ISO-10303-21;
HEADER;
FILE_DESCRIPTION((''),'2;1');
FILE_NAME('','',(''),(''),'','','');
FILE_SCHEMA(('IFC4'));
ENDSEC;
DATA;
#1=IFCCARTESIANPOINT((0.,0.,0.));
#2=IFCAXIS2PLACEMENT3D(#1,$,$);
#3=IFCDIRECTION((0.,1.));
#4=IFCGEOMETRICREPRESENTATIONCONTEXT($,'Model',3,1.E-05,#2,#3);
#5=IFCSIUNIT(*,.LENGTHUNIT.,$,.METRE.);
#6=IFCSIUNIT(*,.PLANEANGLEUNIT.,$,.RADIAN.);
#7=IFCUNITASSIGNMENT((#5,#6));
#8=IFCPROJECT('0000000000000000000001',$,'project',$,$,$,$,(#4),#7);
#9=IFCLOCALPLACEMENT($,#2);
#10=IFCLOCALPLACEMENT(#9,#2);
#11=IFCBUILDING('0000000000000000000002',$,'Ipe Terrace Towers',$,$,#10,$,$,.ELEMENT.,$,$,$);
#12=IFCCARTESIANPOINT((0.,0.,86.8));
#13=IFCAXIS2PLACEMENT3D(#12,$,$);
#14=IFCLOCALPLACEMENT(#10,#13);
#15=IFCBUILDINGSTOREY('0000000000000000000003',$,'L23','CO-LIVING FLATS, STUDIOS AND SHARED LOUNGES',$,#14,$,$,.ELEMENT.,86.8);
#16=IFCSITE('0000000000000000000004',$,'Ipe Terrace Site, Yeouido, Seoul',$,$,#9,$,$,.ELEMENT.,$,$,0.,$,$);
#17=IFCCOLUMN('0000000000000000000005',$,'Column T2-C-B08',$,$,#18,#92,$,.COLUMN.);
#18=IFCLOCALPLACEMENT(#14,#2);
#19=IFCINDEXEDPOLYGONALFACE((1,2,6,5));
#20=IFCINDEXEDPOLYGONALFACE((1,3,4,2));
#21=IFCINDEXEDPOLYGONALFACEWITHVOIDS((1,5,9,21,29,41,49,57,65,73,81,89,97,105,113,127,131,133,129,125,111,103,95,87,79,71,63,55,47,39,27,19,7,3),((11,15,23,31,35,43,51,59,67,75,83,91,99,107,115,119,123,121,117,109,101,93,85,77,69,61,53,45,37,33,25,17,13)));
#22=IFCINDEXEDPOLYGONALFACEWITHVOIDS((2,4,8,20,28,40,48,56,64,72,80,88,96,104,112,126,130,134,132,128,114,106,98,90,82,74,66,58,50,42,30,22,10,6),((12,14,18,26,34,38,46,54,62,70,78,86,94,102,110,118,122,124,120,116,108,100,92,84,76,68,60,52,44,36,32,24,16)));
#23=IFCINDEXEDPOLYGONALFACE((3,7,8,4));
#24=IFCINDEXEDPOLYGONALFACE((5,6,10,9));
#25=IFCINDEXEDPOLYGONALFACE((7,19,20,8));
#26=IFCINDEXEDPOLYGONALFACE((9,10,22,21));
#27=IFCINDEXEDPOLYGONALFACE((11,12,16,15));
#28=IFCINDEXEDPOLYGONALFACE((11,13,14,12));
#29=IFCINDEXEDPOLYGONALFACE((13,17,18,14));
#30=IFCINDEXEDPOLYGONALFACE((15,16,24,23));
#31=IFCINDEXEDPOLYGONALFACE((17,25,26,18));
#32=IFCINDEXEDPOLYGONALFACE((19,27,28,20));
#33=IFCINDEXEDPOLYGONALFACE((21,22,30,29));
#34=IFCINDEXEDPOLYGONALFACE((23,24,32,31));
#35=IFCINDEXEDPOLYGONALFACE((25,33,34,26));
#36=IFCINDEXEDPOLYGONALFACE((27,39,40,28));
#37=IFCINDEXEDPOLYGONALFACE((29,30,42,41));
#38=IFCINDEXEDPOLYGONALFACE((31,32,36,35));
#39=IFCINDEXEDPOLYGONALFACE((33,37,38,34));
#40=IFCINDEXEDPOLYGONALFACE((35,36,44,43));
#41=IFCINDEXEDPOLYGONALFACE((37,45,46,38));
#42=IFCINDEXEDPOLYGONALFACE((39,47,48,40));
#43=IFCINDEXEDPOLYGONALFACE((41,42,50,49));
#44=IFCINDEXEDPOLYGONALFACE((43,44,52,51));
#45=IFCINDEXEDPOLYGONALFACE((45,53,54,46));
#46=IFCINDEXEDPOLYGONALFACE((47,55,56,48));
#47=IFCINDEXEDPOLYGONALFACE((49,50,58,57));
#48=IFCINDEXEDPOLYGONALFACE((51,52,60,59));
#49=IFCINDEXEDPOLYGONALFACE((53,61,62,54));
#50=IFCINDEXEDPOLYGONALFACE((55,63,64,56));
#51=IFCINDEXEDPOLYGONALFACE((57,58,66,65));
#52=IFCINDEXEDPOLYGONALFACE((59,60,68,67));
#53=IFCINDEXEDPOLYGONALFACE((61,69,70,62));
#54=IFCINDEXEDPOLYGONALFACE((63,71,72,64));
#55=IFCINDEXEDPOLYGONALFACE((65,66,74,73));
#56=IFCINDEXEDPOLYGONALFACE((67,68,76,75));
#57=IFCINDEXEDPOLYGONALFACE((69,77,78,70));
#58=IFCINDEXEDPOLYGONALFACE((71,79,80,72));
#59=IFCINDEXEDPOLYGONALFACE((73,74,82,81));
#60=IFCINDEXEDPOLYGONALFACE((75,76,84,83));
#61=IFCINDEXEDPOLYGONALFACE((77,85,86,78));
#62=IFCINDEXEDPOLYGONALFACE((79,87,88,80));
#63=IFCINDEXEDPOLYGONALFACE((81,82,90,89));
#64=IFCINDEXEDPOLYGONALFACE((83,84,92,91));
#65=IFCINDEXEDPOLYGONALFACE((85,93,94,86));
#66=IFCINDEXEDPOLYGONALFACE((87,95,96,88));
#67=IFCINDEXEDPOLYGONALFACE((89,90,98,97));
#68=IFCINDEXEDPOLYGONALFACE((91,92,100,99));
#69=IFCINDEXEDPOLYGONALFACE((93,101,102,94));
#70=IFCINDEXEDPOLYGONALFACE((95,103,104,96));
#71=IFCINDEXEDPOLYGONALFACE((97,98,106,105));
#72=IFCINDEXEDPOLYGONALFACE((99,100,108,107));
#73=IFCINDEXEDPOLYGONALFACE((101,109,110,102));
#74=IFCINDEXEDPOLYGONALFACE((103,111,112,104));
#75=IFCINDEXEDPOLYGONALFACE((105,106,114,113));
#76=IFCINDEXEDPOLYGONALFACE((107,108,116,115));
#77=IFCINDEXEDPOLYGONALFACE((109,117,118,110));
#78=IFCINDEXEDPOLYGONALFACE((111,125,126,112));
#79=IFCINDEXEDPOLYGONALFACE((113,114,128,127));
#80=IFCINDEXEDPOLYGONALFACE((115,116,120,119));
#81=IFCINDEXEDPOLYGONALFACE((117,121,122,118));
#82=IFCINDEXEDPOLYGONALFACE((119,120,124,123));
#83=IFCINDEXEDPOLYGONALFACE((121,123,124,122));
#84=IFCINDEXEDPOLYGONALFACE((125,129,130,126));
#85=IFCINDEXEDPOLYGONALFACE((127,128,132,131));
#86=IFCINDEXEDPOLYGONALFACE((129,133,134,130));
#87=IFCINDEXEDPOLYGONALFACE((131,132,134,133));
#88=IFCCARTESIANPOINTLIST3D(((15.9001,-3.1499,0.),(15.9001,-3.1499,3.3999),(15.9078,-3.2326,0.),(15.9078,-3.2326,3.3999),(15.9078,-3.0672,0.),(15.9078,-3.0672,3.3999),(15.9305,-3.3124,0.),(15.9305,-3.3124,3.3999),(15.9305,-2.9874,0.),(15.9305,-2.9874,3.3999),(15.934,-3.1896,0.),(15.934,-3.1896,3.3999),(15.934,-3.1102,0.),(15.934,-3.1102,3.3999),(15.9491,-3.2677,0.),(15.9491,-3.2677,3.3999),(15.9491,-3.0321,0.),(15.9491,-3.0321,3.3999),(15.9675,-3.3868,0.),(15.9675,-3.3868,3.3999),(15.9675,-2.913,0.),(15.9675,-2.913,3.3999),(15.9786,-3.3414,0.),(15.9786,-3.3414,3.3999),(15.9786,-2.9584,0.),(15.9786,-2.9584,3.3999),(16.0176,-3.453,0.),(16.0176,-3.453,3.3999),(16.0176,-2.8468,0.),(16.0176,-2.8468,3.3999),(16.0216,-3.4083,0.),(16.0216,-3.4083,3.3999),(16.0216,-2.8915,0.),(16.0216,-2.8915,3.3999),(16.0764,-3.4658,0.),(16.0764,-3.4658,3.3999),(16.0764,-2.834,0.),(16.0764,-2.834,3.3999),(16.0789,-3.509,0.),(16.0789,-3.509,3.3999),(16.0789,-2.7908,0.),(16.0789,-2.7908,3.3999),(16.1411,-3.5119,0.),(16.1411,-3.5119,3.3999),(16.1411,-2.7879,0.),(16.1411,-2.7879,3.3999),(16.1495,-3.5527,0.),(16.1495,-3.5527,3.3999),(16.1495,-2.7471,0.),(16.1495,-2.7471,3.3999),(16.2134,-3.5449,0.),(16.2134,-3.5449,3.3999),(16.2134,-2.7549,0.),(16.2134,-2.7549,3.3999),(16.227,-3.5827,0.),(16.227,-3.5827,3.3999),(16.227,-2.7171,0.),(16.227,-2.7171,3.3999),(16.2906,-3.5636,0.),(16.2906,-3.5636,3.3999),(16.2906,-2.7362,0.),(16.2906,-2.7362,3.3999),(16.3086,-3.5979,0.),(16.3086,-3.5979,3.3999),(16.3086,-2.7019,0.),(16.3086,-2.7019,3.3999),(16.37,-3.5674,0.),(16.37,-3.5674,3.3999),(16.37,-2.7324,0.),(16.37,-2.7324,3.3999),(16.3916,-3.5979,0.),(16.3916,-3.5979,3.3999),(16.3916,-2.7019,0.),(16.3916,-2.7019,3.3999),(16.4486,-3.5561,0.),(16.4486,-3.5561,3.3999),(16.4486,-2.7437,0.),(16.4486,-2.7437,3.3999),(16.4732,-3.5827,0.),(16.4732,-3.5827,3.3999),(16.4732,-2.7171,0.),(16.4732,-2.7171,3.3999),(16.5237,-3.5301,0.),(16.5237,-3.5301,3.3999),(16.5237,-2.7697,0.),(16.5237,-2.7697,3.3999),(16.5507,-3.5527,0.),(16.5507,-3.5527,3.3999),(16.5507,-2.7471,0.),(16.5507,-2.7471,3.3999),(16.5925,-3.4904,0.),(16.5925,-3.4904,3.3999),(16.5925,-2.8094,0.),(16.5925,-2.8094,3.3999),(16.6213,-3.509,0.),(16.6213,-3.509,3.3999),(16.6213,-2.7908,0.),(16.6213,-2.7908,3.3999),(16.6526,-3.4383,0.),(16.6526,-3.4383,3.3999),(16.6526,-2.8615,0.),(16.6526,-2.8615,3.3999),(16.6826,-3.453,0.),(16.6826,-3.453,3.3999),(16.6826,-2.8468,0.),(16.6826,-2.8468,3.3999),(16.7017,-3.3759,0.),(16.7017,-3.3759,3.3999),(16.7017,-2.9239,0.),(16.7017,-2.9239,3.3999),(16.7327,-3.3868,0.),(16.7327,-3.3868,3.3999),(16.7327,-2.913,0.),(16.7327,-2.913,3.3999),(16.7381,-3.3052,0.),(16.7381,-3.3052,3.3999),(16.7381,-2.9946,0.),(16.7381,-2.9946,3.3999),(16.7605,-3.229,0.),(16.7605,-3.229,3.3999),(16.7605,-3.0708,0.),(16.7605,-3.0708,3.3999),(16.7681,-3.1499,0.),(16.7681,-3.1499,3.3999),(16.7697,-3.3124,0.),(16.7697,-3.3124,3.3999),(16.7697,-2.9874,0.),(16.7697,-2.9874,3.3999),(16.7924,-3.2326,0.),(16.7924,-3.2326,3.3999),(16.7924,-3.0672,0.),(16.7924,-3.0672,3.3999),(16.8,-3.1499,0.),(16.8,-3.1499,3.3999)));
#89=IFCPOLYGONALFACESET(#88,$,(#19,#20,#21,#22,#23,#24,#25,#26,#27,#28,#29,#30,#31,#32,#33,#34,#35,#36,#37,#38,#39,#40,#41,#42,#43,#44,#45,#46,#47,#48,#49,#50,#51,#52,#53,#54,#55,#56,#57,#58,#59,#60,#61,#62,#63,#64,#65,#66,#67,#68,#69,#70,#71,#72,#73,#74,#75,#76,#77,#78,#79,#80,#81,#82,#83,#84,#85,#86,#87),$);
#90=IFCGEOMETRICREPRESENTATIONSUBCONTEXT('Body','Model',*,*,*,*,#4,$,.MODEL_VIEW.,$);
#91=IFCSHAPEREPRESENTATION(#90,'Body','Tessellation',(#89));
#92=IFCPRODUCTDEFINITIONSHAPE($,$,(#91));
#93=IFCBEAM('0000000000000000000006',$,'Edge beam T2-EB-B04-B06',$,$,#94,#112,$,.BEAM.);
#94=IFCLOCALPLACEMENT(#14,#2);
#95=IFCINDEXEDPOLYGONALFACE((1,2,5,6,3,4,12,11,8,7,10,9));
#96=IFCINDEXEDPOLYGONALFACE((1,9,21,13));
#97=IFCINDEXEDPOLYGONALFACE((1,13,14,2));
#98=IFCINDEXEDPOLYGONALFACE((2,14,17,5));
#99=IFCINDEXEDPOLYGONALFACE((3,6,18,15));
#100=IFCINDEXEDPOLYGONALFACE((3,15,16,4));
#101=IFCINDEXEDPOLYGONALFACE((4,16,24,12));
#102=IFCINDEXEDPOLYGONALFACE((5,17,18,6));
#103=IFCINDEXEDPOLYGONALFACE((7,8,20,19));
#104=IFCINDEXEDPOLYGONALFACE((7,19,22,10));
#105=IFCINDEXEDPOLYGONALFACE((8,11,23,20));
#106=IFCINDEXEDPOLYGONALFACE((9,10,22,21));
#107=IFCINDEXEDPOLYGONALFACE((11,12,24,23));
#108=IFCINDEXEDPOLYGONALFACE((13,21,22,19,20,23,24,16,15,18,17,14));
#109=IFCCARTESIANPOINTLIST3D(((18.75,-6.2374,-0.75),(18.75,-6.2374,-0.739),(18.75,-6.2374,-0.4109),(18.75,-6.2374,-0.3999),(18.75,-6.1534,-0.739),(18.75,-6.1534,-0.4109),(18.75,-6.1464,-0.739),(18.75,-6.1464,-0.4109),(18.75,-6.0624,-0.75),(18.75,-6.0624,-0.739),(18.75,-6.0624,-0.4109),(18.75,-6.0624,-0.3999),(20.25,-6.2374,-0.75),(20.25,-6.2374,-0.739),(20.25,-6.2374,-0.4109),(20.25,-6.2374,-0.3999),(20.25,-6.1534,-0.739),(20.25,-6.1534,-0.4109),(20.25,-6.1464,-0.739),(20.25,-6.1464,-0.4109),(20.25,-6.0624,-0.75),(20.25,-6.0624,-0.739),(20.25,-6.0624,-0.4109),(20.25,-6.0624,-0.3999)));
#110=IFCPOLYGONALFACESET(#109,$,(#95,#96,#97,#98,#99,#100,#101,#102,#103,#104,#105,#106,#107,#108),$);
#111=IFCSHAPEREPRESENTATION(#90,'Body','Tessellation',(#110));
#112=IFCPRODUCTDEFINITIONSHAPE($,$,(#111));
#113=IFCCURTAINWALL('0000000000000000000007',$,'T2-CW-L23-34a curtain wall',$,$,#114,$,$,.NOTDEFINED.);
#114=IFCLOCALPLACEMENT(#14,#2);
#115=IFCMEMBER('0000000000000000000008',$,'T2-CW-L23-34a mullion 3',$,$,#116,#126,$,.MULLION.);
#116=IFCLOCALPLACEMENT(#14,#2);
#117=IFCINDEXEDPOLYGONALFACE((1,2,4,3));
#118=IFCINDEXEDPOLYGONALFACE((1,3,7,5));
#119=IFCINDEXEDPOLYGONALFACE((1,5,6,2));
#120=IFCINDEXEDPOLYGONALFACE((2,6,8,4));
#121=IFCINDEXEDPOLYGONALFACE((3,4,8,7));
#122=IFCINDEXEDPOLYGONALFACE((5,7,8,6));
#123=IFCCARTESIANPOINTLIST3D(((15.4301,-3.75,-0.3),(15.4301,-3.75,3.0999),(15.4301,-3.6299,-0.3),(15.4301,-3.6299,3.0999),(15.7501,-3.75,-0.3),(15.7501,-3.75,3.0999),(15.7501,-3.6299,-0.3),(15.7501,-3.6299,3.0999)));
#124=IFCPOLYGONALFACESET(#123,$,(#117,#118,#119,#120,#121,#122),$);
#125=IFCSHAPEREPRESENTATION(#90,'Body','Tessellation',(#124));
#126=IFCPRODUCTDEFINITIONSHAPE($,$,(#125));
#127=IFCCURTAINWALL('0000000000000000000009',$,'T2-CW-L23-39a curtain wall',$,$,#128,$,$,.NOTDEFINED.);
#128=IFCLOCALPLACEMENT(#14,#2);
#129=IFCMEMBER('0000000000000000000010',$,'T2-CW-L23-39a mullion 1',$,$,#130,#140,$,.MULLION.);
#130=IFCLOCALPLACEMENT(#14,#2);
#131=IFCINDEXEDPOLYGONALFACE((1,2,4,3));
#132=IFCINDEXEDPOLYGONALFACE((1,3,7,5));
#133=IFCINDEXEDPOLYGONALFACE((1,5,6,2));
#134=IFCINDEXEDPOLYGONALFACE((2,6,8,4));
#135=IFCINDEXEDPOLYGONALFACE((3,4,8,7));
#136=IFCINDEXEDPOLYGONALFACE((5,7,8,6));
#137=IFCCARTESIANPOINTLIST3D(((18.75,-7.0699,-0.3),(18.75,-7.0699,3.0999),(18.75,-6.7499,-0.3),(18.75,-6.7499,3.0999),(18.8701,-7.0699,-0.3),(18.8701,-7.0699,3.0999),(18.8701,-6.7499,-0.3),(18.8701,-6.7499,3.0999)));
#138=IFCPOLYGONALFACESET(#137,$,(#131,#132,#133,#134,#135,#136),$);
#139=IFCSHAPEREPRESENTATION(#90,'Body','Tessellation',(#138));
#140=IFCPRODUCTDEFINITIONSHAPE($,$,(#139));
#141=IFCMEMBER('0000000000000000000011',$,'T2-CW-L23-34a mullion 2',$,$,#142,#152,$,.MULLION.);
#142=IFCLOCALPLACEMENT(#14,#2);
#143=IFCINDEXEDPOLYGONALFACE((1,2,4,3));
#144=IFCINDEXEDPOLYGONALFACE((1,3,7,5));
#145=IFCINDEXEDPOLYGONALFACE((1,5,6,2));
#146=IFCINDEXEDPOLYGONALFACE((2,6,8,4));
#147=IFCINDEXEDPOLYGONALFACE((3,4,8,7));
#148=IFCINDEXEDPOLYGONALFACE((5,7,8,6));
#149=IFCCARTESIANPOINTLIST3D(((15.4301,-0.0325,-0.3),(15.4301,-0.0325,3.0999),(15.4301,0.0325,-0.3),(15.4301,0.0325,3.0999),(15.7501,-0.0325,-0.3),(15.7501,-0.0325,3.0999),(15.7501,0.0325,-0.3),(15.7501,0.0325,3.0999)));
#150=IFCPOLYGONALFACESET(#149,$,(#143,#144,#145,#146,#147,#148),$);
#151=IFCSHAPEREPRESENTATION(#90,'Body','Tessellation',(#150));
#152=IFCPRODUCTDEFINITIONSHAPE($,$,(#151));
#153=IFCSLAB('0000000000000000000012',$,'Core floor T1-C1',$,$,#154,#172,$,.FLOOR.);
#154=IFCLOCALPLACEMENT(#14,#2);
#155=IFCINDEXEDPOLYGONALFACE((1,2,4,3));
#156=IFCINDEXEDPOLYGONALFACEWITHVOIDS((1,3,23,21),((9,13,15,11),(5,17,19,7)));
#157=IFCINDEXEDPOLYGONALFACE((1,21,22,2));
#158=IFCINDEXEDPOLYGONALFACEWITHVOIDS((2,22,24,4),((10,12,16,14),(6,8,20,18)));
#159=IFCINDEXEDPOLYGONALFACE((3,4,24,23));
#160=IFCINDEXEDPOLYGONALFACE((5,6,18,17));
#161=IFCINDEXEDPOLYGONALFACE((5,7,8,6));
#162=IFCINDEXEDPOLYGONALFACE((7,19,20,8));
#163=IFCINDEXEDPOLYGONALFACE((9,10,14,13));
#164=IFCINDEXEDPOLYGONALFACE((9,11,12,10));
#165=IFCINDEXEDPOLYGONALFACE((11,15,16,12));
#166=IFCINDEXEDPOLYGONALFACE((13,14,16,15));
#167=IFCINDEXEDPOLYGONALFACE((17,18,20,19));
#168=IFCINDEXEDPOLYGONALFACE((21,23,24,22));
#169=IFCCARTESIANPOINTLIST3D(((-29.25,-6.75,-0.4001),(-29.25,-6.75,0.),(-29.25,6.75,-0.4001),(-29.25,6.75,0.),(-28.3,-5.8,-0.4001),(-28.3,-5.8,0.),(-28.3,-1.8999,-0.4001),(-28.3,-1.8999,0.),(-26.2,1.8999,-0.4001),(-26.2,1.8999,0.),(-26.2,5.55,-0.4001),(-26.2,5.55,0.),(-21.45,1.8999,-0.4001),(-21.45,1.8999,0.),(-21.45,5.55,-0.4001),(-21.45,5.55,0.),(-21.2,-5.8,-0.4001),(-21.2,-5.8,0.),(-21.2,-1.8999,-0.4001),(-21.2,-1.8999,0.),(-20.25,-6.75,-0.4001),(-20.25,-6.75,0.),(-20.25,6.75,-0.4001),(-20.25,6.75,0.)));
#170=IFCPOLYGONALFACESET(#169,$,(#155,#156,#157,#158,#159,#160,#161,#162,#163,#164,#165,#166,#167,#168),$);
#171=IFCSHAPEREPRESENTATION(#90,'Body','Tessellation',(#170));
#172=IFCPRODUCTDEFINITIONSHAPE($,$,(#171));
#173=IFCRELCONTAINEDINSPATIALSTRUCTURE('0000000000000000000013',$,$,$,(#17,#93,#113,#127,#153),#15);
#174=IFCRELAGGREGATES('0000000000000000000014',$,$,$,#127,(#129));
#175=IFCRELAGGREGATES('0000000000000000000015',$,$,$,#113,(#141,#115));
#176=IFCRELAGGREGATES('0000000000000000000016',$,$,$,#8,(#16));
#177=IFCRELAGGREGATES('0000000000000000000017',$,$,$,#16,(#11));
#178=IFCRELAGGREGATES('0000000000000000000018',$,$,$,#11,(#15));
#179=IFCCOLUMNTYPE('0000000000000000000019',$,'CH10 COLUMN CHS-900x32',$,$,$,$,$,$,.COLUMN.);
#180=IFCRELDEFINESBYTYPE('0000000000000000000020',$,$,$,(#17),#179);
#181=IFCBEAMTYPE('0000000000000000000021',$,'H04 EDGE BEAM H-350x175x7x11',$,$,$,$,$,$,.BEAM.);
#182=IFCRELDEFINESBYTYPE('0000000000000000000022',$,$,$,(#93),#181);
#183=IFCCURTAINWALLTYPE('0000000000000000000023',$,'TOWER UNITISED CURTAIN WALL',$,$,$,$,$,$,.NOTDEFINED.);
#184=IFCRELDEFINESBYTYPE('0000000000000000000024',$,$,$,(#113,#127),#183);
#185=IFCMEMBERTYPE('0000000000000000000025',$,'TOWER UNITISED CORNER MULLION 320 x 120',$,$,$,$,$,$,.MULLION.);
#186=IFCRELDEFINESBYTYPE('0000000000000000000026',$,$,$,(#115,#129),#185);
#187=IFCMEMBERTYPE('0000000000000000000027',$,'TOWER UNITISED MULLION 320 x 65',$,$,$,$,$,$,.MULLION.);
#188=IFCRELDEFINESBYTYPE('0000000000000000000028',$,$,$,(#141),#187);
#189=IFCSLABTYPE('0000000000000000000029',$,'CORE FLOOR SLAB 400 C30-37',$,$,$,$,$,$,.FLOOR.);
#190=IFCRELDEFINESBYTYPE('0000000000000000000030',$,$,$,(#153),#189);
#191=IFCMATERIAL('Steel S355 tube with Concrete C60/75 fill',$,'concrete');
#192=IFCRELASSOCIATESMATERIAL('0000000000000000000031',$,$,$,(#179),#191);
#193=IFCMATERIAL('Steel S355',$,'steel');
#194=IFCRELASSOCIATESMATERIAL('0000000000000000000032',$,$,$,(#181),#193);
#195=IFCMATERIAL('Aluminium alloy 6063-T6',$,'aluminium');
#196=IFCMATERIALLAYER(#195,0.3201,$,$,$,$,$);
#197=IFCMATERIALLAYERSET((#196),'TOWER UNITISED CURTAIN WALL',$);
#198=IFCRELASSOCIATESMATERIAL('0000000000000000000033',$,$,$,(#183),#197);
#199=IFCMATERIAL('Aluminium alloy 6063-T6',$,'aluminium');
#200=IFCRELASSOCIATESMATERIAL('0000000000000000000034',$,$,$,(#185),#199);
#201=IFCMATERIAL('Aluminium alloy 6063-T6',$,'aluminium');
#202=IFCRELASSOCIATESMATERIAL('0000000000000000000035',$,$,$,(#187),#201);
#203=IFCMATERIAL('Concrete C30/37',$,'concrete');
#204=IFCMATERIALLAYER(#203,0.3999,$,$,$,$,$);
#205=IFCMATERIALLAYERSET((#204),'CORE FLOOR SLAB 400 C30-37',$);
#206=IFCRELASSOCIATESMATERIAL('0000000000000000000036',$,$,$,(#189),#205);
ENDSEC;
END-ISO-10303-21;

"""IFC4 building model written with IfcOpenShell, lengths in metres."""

from ifc_helpers import new_model, si_unit, direction, frame, origin, origin_2d, place, context, subcontext, project, spatial, polyline, rectangle, hollow_circle, i_section, outline, extrude, material, layer, layer_set, material_profile, profile_set, type_object, element, aggregate, save


model = new_model("IFC4")

# Units and contexts
model_context = context("Model", 3, precision=1e-05, world=origin(), true_north=direction((0.0, 1.0)))
body_context = subcontext(model_context, "Body", "Model", "MODEL_VIEW")
ifc_project = project(units=[si_unit("LENGTHUNIT", "METRE"), si_unit("PLANEANGLEUNIT", "RADIAN")], contexts=[model_context])

# Site, building, storey
site_placement = place(None, origin())
site = spatial("IfcSite", under=ifc_project, at=site_placement, Name="Ipe Terrace Site, Yeouido, Seoul", CompositionType="ELEMENT", RefElevation=0.0)
building_placement = place(site_placement, origin())
building = spatial("IfcBuilding", under=site, at=building_placement, Name="Ipe Terrace Towers", CompositionType="ELEMENT")
storey_placement = place(building_placement, frame((0.0, 0.0, 86.8)))
storey = spatial("IfcBuildingStorey", under=building, at=storey_placement, Name="L23", Description="CO-LIVING FLATS, STUDIOS AND SHARED LOUNGES", CompositionType="ELEMENT", Elevation=86.8)

# Column
ifc_material_1 = material(Name="Steel S355 tube with Concrete C60/75 fill", Category="concrete")
ifc_material_profile_1 = material_profile(ifc_material_1, hollow_circle(Radius=0.45, WallThickness=0.032, at=origin_2d()), Name="CHS-900x32")
ifc_profile_set_1 = profile_set([ifc_material_profile_1], Name="Steel S355 tube with Concrete C60/75 fill")
column_type = type_object("IfcColumnType", Name="CH10 COLUMN CHS-900x32", PredefinedType="COLUMN", material=ifc_profile_set_1)
for number, where, z_axis, x_axis, name in (
    (1, (16.3501, -3.1499, 0.0), (0.0, 0.0, 1.0), (1.0, 0.0, 0.0), "Column T2-C-B08"),
):
    element("IfcColumn", number, at=place(storey_placement, frame(where, z_axis=z_axis, x_axis=x_axis)), inside=storey, type_object=column_type, Name=name, PredefinedType="COLUMN", context=body_context, shape_type="SweptSolid", body=[
        extrude(hollow_circle(Radius=0.45, WallThickness=0.032, at=origin_2d()), origin(), (0.0, 0.0, 1.0), 3.3999),
    ])

# Beam
ifc_material_2 = material(Name="Steel S355", Category="steel")
ifc_material_profile_2 = material_profile(ifc_material_2, i_section(OverallWidth=0.175, OverallDepth=0.3501, WebThickness=0.0071, FlangeThickness=0.011, at=origin_2d()), Name="H-350x175x7x11")
ifc_profile_set_2 = profile_set([ifc_material_profile_2], Name="Steel S355")
beam_type = type_object("IfcBeamType", Name="H04 EDGE BEAM H-350x175x7x11", PredefinedType="BEAM", material=ifc_profile_set_2)
beam_placement = place(storey_placement, frame((20.25, -6.1499, -0.575), z_axis=(-1.0, 0.0, 0.0), x_axis=(0.0, -1.0, 0.0)))
element("IfcBeam", 2, at=beam_placement, inside=storey, type_object=beam_type, Name="Edge beam T2-EB-B04-B06", PredefinedType="BEAM", context=body_context, shape_type="SweptSolid", body=[
    extrude(i_section(OverallWidth=0.175, OverallDepth=0.3501, WebThickness=0.0071, FlangeThickness=0.011, at=origin_2d()), origin(), (0.0, 0.0, 1.0), 1.5),
])

# Curtain walls, members
ifc_material_3 = material(Name="Aluminium alloy 6063-T6", Category="aluminium")
ifc_layer_1 = layer(ifc_material_3, 0.3201)
ifc_layer_set_1 = layer_set([ifc_layer_1], Name="TOWER UNITISED CURTAIN WALL")
curtain_wall_type = type_object("IfcCurtainWallType", Name="TOWER UNITISED CURTAIN WALL", PredefinedType="NOTDEFINED", material=ifc_layer_set_1)
curtain_wall_1_placement = place(storey_placement, origin())
curtain_wall_1 = element("IfcCurtainWall", 3, at=curtain_wall_1_placement, inside=storey, type_object=curtain_wall_type, Name="T2-CW-L23-34a curtain wall", PredefinedType="NOTDEFINED")
ifc_material_4 = material(Name="Aluminium alloy 6063-T6", Category="aluminium")
ifc_material_profile_3 = material_profile(ifc_material_4, rectangle(XDim=0.3201, YDim=0.1201, at=origin_2d()), Name="TOWER UNITISED CORNER MULLION 320 x 120")
ifc_profile_set_3 = profile_set([ifc_material_profile_3], Name="Aluminium alloy 6063-T6")
member_type_1 = type_object("IfcMemberType", Name="TOWER UNITISED CORNER MULLION 320 x 120", PredefinedType="MULLION", material=ifc_profile_set_3)
member_1_placement = place(storey_placement, frame((15.5901, -3.6899, -0.3), z_axis=(0.0, 0.0, 1.0), x_axis=(-1.0, 0.0, 0.0)))
member_1 = element("IfcMember", 4, at=member_1_placement, type_object=member_type_1, Name="T2-CW-L23-34a mullion 3", PredefinedType="MULLION", context=body_context, shape_type="SweptSolid", body=[
    extrude(rectangle(XDim=0.3201, YDim=0.1201, at=origin_2d()), origin(), (0.0, 0.0, 1.0), 3.3999),
])
curtain_wall_2_placement = place(storey_placement, origin())
curtain_wall_2 = element("IfcCurtainWall", 5, at=curtain_wall_2_placement, inside=storey, type_object=curtain_wall_type, Name="T2-CW-L23-39a curtain wall", PredefinedType="NOTDEFINED")
member_2_placement = place(storey_placement, frame((18.8101, -6.9099, -0.3), z_axis=(0.0, 0.0, 1.0), x_axis=(0.0, -1.0, 0.0)))
member_2 = element("IfcMember", 6, at=member_2_placement, type_object=member_type_1, Name="T2-CW-L23-39a mullion 1", PredefinedType="MULLION", context=body_context, shape_type="SweptSolid", body=[
    extrude(rectangle(XDim=0.3201, YDim=0.1201, at=origin_2d()), origin(), (0.0, 0.0, 1.0), 3.3999),
])
aggregate(curtain_wall_2, [member_2])

# Member
ifc_material_5 = material(Name="Aluminium alloy 6063-T6", Category="aluminium")
ifc_material_profile_4 = material_profile(ifc_material_5, rectangle(XDim=0.3201, YDim=0.0649, at=origin_2d()), Name="TOWER UNITISED MULLION 320 x 65")
ifc_profile_set_4 = profile_set([ifc_material_profile_4], Name="Aluminium alloy 6063-T6")
member_type_2 = type_object("IfcMemberType", Name="TOWER UNITISED MULLION 320 x 65", PredefinedType="MULLION", material=ifc_profile_set_4)
member_3_placement = place(storey_placement, frame((15.5901, 0.0, -0.3), z_axis=(0.0, 0.0, 1.0), x_axis=(-1.0, 0.0, 0.0)))
member_3 = element("IfcMember", 7, at=member_3_placement, type_object=member_type_2, Name="T2-CW-L23-34a mullion 2", PredefinedType="MULLION", context=body_context, shape_type="SweptSolid", body=[
    extrude(rectangle(XDim=0.3201, YDim=0.0649, at=origin_2d()), origin(), (0.0, 0.0, 1.0), 3.3999),
])

# Slab
ifc_material_6 = material(Name="Concrete C30/37", Category="concrete")
ifc_layer_2 = layer(ifc_material_6, 0.3999)
ifc_layer_set_2 = layer_set([ifc_layer_2], Name="CORE FLOOR SLAB 400 C30-37")
slab_type_1 = type_object("IfcSlabType", Name="CORE FLOOR SLAB 400 C30-37", PredefinedType="FLOOR", material=ifc_layer_set_2)
slab_1_placement = place(storey_placement, frame((0.0, 0.0, -0.4001)))
element("IfcSlab", 8, at=slab_1_placement, inside=storey, type_object=slab_type_1, Name="Core floor T1-C1", PredefinedType="FLOOR", context=body_context, shape_type="SweptSolid", body=[
    extrude(outline(polyline([(-29.25, -6.75), (-29.25, 6.75), (-20.25, 6.75), (-20.25, -6.75), (-29.25, -6.75)]), holes=[polyline([(-28.3, -5.8), (-21.2, -5.8), (-21.2, -1.8999), (-28.3, -1.8999), (-28.3, -5.8)]), polyline([(-26.2, 5.55), (-26.2, 1.8999), (-21.45, 1.8999), (-21.45, 5.55), (-26.2, 5.55)])]), origin(), (0.0, 0.0, 1.0), 0.4001),
])

aggregate(curtain_wall_1, [member_3, member_1])

save(model, "model.ifc")
